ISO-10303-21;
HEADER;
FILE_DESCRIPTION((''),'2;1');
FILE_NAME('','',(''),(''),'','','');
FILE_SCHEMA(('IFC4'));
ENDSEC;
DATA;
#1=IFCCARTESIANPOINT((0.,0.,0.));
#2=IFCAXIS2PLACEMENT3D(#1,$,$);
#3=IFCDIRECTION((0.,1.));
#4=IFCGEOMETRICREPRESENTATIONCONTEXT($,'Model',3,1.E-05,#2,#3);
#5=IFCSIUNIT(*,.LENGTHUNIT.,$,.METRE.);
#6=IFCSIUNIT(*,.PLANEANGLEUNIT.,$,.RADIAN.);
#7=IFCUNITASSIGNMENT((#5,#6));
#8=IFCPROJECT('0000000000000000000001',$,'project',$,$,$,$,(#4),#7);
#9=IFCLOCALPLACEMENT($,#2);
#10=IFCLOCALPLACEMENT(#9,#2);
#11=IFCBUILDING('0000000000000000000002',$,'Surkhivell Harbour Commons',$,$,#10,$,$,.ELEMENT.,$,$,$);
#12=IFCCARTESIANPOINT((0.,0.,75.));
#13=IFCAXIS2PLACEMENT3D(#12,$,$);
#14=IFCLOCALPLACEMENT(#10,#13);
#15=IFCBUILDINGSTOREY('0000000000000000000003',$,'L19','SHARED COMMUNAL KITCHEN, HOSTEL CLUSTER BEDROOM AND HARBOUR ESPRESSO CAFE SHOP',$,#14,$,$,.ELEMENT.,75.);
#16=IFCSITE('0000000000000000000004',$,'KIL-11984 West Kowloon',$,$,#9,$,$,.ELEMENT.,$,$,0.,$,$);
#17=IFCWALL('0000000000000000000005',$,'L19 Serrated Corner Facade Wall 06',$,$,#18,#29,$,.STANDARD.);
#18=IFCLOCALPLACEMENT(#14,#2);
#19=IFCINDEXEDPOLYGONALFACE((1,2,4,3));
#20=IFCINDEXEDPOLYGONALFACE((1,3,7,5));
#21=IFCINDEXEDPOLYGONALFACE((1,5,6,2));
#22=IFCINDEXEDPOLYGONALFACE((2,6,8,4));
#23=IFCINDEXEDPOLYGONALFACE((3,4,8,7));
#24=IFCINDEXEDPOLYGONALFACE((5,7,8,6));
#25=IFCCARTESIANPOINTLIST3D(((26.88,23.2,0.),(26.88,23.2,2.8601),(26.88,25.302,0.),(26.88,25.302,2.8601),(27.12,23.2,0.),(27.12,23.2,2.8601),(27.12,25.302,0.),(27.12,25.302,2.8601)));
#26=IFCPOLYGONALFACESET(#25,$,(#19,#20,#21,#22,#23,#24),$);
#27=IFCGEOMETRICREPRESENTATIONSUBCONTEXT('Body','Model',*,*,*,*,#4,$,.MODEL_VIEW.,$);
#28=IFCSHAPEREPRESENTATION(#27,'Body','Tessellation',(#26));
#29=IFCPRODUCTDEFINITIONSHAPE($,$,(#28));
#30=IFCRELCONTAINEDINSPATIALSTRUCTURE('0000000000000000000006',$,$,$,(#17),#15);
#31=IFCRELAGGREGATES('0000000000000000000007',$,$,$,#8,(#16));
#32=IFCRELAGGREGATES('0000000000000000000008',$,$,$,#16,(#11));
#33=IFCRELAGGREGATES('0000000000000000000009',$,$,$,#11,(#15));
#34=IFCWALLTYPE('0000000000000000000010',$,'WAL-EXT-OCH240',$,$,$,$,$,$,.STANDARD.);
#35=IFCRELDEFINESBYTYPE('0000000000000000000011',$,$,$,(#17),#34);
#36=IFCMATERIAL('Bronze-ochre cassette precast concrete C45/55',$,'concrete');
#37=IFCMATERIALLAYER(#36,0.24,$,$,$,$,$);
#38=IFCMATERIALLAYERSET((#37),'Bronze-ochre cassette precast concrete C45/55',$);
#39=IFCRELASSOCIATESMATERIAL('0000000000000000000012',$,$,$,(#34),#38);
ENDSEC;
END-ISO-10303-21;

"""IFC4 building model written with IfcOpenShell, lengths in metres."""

from ifc_helpers import new_model, si_unit, direction, frame, frame_2d, origin, place, context, subcontext, project, spatial, rectangle, extrude, material, layer, layer_set, type_object, element, save


model = new_model("IFC4")

# Units and contexts
model_context = context("Model", 3, precision=1e-05, world=origin(), true_north=direction((0.0, 1.0)))
body_context = subcontext(model_context, "Body", "Model", "MODEL_VIEW")
ifc_project = project(units=[si_unit("LENGTHUNIT", "METRE"), si_unit("PLANEANGLEUNIT", "RADIAN")], contexts=[model_context])

# Site, building, storey
site_placement = place(None, origin())
site = spatial("IfcSite", under=ifc_project, at=site_placement, Name="KIL-11984 West Kowloon", CompositionType="ELEMENT", RefElevation=0.0)
building_placement = place(site_placement, origin())
building = spatial("IfcBuilding", under=site, at=building_placement, Name="Surkhivell Harbour Commons", CompositionType="ELEMENT")
storey_placement = place(building_placement, frame((0.0, 0.0, 75.0)))
storey = spatial("IfcBuildingStorey", under=building, at=storey_placement, Name="L19", Description="SHARED COMMUNAL KITCHEN, HOSTEL CLUSTER BEDROOM AND HARBOUR ESPRESSO CAFE SHOP", CompositionType="ELEMENT", Elevation=75.0)

# Shared definitions
ifc_material_1 = material(Name="Bronze-ochre cassette precast concrete C45/55", Category="concrete")
ifc_layer_1 = layer(ifc_material_1, 0.24)
ifc_layer_set_1 = layer_set([ifc_layer_1], Name="Bronze-ochre cassette precast concrete C45/55")
wall_type = type_object("IfcWallType", Name="WAL-EXT-OCH240", PredefinedType="STANDARD", material=ifc_layer_set_1)

# Wall
wall_1_placement = place(storey_placement, frame((27.0, 23.2, 0.0), z_axis=(0.0, 0.0, 1.0), x_axis=(0.0, 1.0, 0.0)))
element("IfcWall", 1, at=wall_1_placement, inside=storey, type_object=wall_type, Name="L19 Serrated Corner Facade Wall 06", PredefinedType="STANDARD", context=body_context, shape_type="SweptSolid", body=[
    extrude(rectangle(XDim=2.1021, YDim=0.24, at=frame_2d((1.051, 0.0))), origin(), (0.0, 0.0, 1.0), 2.8601),
])

save(model, "model.ifc")
